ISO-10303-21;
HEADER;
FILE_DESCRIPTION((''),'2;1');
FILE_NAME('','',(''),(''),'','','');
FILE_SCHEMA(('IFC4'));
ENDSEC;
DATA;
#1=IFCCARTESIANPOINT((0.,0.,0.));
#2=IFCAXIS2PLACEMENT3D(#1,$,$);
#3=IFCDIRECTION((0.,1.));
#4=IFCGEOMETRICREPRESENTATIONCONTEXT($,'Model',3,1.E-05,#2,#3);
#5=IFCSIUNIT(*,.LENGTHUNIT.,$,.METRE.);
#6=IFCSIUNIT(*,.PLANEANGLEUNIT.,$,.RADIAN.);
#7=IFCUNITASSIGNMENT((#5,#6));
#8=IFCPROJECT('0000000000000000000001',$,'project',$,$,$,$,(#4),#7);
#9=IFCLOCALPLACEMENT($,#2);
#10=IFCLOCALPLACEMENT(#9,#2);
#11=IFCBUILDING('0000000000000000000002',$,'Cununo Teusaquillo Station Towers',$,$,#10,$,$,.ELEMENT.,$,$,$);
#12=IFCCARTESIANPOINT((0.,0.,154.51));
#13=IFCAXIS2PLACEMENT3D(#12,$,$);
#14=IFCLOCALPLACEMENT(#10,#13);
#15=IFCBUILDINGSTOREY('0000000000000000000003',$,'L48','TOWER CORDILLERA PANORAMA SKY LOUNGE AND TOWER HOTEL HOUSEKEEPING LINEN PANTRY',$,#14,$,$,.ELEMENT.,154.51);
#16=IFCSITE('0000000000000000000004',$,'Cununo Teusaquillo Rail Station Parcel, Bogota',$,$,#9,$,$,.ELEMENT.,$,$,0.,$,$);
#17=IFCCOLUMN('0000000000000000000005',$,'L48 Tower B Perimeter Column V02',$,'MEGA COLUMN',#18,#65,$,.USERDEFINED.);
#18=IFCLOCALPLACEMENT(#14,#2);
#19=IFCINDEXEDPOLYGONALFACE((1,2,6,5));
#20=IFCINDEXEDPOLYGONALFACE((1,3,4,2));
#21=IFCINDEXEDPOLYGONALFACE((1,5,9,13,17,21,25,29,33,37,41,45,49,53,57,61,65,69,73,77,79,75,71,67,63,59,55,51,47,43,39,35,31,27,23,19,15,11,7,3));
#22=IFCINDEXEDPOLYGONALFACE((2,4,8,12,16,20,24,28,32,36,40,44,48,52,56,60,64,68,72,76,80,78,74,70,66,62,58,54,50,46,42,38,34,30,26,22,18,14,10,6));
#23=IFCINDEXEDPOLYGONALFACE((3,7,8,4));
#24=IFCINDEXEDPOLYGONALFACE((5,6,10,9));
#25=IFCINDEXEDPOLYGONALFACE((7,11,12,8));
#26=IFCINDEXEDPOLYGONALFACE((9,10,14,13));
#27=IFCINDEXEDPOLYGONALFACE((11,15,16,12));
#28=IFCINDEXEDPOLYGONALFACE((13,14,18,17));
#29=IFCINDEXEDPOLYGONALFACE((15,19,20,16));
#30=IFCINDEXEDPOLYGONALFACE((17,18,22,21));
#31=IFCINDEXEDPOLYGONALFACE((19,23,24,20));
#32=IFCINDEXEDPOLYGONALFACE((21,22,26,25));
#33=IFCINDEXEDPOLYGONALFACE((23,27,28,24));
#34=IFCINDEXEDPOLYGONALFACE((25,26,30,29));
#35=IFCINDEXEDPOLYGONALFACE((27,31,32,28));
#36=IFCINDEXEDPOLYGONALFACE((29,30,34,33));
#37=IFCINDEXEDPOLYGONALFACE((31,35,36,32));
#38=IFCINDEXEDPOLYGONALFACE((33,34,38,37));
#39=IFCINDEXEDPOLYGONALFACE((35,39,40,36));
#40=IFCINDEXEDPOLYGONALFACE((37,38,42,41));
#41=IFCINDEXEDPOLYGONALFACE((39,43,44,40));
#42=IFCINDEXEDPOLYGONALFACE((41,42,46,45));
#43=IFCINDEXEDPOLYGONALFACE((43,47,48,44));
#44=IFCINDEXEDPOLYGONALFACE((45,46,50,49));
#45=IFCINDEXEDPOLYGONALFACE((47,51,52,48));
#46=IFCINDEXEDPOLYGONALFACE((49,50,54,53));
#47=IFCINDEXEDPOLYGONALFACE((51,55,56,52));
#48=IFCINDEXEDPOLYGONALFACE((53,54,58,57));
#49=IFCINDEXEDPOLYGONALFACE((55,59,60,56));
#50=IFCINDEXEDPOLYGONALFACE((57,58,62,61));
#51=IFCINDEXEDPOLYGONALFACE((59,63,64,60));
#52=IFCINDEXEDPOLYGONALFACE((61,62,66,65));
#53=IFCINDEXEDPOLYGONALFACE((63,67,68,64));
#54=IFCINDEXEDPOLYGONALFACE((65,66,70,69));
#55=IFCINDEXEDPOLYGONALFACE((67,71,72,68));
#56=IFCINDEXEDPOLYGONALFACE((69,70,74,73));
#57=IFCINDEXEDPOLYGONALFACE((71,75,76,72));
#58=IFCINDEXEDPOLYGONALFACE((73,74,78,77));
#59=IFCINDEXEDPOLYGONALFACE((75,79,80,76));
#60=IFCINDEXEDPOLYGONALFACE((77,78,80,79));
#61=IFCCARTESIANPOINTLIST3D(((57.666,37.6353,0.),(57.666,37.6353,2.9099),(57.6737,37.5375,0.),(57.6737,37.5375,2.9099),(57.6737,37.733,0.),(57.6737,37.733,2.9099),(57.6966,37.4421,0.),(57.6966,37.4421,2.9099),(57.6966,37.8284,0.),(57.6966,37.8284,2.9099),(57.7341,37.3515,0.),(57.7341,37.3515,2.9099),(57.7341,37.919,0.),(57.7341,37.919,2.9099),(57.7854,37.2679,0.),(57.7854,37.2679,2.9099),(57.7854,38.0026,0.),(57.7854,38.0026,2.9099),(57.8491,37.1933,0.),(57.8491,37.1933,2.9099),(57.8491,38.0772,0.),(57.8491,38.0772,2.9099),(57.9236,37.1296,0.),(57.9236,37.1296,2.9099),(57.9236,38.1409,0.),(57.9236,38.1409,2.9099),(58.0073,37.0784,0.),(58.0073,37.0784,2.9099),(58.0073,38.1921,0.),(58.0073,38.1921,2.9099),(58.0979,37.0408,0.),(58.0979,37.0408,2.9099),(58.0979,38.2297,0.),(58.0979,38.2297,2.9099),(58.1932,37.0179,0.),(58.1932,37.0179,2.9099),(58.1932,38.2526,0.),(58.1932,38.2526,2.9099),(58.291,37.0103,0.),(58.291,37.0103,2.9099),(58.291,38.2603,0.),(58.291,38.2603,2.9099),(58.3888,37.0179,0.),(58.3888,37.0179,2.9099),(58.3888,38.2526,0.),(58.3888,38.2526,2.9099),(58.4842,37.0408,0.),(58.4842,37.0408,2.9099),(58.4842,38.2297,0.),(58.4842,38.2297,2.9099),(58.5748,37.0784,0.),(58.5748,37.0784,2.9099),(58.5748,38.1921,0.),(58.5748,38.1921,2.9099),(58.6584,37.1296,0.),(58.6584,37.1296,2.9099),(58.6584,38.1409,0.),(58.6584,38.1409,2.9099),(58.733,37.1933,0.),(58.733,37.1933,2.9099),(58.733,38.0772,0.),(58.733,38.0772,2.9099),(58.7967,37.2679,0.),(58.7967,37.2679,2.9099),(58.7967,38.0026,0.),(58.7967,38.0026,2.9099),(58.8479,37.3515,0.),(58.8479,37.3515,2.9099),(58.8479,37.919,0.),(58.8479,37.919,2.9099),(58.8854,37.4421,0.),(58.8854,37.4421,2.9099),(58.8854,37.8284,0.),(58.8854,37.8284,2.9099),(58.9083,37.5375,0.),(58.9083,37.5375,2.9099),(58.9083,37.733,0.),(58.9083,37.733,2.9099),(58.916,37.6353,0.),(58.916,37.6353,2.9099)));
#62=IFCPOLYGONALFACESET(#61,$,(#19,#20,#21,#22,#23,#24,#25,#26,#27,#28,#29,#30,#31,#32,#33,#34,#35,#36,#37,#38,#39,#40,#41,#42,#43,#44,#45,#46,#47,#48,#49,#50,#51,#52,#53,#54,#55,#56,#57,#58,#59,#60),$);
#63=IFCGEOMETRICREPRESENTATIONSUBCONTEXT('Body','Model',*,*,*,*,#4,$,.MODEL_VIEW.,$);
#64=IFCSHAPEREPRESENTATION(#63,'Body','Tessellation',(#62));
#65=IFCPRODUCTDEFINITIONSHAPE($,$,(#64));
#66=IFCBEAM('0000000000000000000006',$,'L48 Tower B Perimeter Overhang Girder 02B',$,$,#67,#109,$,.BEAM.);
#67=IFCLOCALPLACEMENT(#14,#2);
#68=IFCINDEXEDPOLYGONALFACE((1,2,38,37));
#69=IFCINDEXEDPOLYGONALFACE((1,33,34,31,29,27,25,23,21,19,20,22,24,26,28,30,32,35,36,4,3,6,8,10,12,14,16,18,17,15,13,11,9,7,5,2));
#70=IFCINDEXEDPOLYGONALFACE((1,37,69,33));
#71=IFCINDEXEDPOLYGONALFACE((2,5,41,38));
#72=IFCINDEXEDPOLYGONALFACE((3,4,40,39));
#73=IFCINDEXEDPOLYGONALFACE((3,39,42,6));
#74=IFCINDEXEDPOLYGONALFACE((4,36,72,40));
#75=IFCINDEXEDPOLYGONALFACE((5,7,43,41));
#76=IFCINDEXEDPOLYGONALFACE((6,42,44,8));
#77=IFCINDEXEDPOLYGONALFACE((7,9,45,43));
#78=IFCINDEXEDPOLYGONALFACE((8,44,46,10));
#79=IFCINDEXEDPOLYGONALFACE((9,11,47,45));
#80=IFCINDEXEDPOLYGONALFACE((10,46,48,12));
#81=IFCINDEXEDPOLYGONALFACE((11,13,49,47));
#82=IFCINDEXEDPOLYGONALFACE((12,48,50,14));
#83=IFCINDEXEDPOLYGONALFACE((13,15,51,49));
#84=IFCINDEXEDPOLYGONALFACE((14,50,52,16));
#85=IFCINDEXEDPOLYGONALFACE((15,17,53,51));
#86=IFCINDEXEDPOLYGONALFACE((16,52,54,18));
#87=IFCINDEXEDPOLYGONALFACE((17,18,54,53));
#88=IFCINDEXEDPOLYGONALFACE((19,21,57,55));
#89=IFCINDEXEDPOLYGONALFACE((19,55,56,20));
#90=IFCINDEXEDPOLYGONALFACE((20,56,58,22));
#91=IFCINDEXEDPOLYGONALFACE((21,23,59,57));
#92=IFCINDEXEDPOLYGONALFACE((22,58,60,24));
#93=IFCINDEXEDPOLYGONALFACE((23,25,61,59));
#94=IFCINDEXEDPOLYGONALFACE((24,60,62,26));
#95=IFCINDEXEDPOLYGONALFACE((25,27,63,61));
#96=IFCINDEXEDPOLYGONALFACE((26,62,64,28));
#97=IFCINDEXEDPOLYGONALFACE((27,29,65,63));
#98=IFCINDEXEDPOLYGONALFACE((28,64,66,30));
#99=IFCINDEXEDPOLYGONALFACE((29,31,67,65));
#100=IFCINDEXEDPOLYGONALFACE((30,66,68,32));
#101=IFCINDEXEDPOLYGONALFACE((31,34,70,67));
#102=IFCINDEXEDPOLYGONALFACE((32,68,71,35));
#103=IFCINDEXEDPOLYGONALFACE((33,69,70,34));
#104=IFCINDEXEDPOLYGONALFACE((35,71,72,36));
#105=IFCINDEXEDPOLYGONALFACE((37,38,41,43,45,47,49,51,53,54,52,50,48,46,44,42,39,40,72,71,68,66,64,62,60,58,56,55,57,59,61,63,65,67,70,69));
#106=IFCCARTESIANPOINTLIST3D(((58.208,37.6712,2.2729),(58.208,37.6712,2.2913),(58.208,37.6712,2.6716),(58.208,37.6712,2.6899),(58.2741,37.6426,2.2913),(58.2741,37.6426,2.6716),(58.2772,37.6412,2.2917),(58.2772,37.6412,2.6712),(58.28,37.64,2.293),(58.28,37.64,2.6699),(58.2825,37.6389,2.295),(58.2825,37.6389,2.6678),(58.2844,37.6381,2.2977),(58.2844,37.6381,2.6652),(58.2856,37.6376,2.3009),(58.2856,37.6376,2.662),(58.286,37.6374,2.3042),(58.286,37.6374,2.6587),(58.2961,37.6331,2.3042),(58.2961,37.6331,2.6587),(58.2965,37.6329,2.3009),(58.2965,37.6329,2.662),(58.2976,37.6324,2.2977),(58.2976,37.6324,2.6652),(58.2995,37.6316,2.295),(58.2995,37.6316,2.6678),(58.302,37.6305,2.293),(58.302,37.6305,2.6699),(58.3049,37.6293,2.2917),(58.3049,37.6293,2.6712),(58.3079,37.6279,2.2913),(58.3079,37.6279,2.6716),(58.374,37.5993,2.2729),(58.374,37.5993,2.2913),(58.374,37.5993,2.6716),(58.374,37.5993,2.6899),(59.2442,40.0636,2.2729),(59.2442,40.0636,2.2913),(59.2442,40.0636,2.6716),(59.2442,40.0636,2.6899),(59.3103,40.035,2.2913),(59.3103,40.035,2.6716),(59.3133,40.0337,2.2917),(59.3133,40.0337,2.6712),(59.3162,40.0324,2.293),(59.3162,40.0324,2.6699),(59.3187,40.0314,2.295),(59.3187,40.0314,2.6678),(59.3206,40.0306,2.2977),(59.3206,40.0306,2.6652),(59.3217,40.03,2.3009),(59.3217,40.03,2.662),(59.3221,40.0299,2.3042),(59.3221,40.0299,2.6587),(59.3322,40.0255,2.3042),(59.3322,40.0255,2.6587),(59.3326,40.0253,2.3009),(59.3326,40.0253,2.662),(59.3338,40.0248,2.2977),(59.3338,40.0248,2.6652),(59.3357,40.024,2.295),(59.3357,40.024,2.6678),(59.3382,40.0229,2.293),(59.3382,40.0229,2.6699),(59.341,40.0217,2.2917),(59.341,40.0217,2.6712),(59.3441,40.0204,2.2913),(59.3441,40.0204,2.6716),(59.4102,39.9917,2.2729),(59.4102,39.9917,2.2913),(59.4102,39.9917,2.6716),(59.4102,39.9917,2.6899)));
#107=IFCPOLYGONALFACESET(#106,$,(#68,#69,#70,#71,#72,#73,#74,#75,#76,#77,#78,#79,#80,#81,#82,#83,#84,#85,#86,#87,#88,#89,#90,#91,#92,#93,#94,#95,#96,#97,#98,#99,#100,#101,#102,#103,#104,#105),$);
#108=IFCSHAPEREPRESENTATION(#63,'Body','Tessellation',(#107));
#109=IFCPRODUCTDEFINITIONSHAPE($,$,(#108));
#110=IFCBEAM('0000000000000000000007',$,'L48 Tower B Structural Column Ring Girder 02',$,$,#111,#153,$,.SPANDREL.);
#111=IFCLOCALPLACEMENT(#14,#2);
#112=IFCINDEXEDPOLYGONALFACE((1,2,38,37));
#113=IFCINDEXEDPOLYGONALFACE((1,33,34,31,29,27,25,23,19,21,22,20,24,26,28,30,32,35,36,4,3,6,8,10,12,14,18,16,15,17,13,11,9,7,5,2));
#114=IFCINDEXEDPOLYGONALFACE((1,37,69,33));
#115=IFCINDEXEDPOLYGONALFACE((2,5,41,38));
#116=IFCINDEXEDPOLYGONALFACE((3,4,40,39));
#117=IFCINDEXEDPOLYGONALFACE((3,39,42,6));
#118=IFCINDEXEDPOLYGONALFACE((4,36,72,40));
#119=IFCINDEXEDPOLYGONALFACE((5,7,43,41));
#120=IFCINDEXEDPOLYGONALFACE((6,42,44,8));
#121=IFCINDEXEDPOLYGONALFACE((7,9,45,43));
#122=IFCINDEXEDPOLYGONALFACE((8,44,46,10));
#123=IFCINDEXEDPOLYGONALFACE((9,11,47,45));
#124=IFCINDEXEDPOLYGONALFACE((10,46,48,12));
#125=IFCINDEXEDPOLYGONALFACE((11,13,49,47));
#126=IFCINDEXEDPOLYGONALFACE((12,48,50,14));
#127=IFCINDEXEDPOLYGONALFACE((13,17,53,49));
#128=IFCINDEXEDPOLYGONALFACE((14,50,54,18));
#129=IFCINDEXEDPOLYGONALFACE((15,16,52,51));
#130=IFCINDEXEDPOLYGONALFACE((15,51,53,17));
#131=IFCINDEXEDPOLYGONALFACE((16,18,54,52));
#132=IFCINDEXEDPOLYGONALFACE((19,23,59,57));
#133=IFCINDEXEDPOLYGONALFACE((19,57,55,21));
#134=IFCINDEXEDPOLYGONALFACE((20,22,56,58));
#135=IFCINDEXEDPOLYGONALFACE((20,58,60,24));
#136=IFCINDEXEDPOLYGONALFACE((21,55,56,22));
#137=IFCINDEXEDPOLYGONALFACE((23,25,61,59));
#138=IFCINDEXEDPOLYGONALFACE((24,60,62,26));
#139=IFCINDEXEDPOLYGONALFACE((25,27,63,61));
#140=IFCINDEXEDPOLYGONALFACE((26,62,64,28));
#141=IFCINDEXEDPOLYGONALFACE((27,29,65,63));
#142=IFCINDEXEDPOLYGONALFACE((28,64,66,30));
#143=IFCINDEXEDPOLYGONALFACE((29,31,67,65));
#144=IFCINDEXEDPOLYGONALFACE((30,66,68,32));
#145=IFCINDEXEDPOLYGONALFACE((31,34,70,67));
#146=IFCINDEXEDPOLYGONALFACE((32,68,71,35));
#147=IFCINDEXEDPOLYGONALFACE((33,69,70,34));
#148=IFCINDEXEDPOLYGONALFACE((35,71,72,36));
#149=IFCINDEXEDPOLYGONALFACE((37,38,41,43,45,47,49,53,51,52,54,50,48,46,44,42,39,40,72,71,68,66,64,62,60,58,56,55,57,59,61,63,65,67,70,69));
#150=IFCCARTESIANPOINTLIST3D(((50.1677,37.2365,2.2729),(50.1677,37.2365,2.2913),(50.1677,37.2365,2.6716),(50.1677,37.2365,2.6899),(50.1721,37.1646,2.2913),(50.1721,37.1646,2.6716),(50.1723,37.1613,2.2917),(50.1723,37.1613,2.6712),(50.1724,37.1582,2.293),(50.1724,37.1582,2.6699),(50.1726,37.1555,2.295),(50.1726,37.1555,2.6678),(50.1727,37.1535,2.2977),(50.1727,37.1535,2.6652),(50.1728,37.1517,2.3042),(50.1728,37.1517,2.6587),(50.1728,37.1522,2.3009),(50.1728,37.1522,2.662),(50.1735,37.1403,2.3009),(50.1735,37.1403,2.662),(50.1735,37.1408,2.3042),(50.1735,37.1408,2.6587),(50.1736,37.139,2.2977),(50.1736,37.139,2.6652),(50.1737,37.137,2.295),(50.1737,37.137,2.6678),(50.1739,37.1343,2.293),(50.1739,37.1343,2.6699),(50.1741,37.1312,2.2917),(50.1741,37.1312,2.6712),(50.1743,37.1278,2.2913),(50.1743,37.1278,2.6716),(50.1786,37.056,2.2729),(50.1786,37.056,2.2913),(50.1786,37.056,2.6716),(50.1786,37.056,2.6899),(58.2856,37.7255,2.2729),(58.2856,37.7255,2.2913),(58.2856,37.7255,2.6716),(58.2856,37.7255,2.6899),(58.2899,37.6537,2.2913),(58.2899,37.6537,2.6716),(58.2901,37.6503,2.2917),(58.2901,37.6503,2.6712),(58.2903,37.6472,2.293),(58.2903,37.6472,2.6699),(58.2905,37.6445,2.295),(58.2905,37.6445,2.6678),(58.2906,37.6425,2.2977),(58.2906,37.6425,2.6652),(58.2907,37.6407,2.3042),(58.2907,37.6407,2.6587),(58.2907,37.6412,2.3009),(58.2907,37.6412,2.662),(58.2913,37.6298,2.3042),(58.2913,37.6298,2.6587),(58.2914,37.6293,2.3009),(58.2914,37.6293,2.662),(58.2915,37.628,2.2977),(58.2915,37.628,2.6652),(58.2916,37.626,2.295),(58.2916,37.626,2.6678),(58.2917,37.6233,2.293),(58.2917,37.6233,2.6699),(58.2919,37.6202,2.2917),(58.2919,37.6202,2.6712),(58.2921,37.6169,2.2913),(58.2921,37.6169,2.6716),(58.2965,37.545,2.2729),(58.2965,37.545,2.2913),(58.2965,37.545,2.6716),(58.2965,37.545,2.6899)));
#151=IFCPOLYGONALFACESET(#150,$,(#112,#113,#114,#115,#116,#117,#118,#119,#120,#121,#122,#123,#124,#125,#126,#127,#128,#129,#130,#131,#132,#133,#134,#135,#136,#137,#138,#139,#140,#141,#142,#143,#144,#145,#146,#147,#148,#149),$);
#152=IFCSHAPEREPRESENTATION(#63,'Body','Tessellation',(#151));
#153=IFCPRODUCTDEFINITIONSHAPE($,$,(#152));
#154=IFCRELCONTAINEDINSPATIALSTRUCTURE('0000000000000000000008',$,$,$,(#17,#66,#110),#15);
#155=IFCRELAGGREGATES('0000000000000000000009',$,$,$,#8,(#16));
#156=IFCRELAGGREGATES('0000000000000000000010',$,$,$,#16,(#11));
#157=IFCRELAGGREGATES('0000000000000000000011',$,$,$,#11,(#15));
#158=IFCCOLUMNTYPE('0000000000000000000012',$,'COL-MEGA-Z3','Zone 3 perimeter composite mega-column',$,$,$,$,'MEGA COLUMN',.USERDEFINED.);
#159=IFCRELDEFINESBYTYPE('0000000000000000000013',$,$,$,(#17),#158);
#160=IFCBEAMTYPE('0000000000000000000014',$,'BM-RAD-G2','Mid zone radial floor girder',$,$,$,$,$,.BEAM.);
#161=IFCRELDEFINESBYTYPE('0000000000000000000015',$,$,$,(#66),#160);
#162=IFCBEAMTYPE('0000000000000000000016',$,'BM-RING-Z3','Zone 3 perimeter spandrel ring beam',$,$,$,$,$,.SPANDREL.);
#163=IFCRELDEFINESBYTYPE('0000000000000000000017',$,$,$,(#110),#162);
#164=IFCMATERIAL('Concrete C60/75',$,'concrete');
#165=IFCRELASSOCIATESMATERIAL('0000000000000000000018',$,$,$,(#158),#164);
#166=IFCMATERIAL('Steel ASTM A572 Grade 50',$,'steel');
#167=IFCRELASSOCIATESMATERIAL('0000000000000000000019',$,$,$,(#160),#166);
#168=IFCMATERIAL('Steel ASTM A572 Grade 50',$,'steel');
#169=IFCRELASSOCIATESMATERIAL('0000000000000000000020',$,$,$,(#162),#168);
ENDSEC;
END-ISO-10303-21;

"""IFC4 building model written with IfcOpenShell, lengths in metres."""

from ifc_helpers import new_model, si_unit, direction, frame, origin, origin_2d, place, context, subcontext, project, spatial, circle, i_section, extrude, material, material_profile, profile_set, type_object, element, save


model = new_model("IFC4")

# Units and contexts
model_context = context("Model", 3, precision=1e-05, world=origin(), true_north=direction((0.0, 1.0)))
body_context = subcontext(model_context, "Body", "Model", "MODEL_VIEW")
ifc_project = project(units=[si_unit("LENGTHUNIT", "METRE"), si_unit("PLANEANGLEUNIT", "RADIAN")], contexts=[model_context])

# Site, building, storey
site_placement = place(None, origin())
site = spatial("IfcSite", under=ifc_project, at=site_placement, Name="Cununo Teusaquillo Rail Station Parcel, Bogota", CompositionType="ELEMENT", RefElevation=0.0)
building_placement = place(site_placement, origin())
building = spatial("IfcBuilding", under=site, at=building_placement, Name="Cununo Teusaquillo Station Towers", CompositionType="ELEMENT")
storey_placement = place(building_placement, frame((0.0, 0.0, 154.51)))
storey = spatial("IfcBuildingStorey", under=building, at=storey_placement, Name="L48", Description="TOWER CORDILLERA PANORAMA SKY LOUNGE AND TOWER HOTEL HOUSEKEEPING LINEN PANTRY", CompositionType="ELEMENT", Elevation=154.51)

# Column
ifc_material_1 = material(Name="Concrete C60/75", Category="concrete")
ifc_material_profile_1 = material_profile(ifc_material_1, circle(Radius=0.625, at=origin_2d()), Name="RC-CIRC-1250")
ifc_profile_set_1 = profile_set([ifc_material_profile_1], Name="Concrete C60/75")
column_type = type_object("IfcColumnType", Name="COL-MEGA-Z3", Description="Zone 3 perimeter composite mega-column", ElementType="MEGA COLUMN", PredefinedType="USERDEFINED", material=ifc_profile_set_1)
column_placement = place(storey_placement, frame((58.291, 37.6353, 0.0), z_axis=(0.0, 0.0, 1.0), x_axis=(1.0, 0.0, 0.0)))
element("IfcColumn", 1, at=column_placement, inside=storey, type_object=column_type, Name="L48 Tower B Perimeter Column V02", ObjectType="MEGA COLUMN", PredefinedType="USERDEFINED", context=body_context, shape_type="SweptSolid", body=[
    extrude(circle(Radius=0.625, at=origin_2d()), origin(), (0.0, 0.0, 1.0), 2.9099),
])

# Beams
ifc_material_2 = material(Name="Steel ASTM A572 Grade 50", Category="steel")
ifc_material_profile_2 = material_profile(ifc_material_2, i_section(OverallWidth=0.1809, OverallDepth=0.417, WebThickness=0.011, FlangeThickness=0.0183, FilletRadius=0.0129, at=origin_2d()), Name="W16X57")
ifc_profile_set_2 = profile_set([ifc_material_profile_2], Name="Steel ASTM A572 Grade 50")
beam_type_1 = type_object("IfcBeamType", Name="BM-RAD-G2", Description="Mid zone radial floor girder", PredefinedType="BEAM", material=ifc_profile_set_2)
beam_1_placement = place(storey_placement, frame((58.291, 37.6353, 2.4814), z_axis=(0.397431, 0.917632, 0.0), x_axis=(-0.917632, 0.397431, 0.0)))
element("IfcBeam", 2, at=beam_1_placement, inside=storey, type_object=beam_type_1, Name="L48 Tower B Perimeter Overhang Girder 02B", PredefinedType="BEAM", context=body_context, shape_type="SweptSolid", body=[
    extrude(i_section(OverallWidth=0.1809, OverallDepth=0.417, WebThickness=0.011, FlangeThickness=0.0183, FilletRadius=0.0129, at=origin_2d()), origin(), (0.0, 0.0, 1.0), 2.6072),
])
ifc_material_3 = material(Name="Steel ASTM A572 Grade 50", Category="steel")
ifc_material_profile_3 = material_profile(ifc_material_3, i_section(OverallWidth=0.1809, OverallDepth=0.417, WebThickness=0.011, FlangeThickness=0.0183, FilletRadius=0.0129, at=origin_2d()), Name="W16X57")
ifc_profile_set_3 = profile_set([ifc_material_profile_3], Name="Steel ASTM A572 Grade 50")
beam_type_2 = type_object("IfcBeamType", Name="BM-RING-Z3", Description="Zone 3 perimeter spandrel ring beam", PredefinedType="SPANDREL", material=ifc_profile_set_3)
beam_2_placement = place(storey_placement, frame((58.291, 37.6353, 2.4814), z_axis=(-0.998191, -0.06013, 0.0), x_axis=(0.06013, -0.998191, 0.0)))
element("IfcBeam", 3, at=beam_2_placement, inside=storey, type_object=beam_type_2, Name="L48 Tower B Structural Column Ring Girder 02", PredefinedType="SPANDREL", context=body_context, shape_type="SweptSolid", body=[
    extrude(i_section(OverallWidth=0.1809, OverallDepth=0.417, WebThickness=0.011, FlangeThickness=0.0183, FilletRadius=0.0129, at=origin_2d()), origin(), (0.0, 0.0, 1.0), 8.1326),
])

save(model, "model.ifc")
